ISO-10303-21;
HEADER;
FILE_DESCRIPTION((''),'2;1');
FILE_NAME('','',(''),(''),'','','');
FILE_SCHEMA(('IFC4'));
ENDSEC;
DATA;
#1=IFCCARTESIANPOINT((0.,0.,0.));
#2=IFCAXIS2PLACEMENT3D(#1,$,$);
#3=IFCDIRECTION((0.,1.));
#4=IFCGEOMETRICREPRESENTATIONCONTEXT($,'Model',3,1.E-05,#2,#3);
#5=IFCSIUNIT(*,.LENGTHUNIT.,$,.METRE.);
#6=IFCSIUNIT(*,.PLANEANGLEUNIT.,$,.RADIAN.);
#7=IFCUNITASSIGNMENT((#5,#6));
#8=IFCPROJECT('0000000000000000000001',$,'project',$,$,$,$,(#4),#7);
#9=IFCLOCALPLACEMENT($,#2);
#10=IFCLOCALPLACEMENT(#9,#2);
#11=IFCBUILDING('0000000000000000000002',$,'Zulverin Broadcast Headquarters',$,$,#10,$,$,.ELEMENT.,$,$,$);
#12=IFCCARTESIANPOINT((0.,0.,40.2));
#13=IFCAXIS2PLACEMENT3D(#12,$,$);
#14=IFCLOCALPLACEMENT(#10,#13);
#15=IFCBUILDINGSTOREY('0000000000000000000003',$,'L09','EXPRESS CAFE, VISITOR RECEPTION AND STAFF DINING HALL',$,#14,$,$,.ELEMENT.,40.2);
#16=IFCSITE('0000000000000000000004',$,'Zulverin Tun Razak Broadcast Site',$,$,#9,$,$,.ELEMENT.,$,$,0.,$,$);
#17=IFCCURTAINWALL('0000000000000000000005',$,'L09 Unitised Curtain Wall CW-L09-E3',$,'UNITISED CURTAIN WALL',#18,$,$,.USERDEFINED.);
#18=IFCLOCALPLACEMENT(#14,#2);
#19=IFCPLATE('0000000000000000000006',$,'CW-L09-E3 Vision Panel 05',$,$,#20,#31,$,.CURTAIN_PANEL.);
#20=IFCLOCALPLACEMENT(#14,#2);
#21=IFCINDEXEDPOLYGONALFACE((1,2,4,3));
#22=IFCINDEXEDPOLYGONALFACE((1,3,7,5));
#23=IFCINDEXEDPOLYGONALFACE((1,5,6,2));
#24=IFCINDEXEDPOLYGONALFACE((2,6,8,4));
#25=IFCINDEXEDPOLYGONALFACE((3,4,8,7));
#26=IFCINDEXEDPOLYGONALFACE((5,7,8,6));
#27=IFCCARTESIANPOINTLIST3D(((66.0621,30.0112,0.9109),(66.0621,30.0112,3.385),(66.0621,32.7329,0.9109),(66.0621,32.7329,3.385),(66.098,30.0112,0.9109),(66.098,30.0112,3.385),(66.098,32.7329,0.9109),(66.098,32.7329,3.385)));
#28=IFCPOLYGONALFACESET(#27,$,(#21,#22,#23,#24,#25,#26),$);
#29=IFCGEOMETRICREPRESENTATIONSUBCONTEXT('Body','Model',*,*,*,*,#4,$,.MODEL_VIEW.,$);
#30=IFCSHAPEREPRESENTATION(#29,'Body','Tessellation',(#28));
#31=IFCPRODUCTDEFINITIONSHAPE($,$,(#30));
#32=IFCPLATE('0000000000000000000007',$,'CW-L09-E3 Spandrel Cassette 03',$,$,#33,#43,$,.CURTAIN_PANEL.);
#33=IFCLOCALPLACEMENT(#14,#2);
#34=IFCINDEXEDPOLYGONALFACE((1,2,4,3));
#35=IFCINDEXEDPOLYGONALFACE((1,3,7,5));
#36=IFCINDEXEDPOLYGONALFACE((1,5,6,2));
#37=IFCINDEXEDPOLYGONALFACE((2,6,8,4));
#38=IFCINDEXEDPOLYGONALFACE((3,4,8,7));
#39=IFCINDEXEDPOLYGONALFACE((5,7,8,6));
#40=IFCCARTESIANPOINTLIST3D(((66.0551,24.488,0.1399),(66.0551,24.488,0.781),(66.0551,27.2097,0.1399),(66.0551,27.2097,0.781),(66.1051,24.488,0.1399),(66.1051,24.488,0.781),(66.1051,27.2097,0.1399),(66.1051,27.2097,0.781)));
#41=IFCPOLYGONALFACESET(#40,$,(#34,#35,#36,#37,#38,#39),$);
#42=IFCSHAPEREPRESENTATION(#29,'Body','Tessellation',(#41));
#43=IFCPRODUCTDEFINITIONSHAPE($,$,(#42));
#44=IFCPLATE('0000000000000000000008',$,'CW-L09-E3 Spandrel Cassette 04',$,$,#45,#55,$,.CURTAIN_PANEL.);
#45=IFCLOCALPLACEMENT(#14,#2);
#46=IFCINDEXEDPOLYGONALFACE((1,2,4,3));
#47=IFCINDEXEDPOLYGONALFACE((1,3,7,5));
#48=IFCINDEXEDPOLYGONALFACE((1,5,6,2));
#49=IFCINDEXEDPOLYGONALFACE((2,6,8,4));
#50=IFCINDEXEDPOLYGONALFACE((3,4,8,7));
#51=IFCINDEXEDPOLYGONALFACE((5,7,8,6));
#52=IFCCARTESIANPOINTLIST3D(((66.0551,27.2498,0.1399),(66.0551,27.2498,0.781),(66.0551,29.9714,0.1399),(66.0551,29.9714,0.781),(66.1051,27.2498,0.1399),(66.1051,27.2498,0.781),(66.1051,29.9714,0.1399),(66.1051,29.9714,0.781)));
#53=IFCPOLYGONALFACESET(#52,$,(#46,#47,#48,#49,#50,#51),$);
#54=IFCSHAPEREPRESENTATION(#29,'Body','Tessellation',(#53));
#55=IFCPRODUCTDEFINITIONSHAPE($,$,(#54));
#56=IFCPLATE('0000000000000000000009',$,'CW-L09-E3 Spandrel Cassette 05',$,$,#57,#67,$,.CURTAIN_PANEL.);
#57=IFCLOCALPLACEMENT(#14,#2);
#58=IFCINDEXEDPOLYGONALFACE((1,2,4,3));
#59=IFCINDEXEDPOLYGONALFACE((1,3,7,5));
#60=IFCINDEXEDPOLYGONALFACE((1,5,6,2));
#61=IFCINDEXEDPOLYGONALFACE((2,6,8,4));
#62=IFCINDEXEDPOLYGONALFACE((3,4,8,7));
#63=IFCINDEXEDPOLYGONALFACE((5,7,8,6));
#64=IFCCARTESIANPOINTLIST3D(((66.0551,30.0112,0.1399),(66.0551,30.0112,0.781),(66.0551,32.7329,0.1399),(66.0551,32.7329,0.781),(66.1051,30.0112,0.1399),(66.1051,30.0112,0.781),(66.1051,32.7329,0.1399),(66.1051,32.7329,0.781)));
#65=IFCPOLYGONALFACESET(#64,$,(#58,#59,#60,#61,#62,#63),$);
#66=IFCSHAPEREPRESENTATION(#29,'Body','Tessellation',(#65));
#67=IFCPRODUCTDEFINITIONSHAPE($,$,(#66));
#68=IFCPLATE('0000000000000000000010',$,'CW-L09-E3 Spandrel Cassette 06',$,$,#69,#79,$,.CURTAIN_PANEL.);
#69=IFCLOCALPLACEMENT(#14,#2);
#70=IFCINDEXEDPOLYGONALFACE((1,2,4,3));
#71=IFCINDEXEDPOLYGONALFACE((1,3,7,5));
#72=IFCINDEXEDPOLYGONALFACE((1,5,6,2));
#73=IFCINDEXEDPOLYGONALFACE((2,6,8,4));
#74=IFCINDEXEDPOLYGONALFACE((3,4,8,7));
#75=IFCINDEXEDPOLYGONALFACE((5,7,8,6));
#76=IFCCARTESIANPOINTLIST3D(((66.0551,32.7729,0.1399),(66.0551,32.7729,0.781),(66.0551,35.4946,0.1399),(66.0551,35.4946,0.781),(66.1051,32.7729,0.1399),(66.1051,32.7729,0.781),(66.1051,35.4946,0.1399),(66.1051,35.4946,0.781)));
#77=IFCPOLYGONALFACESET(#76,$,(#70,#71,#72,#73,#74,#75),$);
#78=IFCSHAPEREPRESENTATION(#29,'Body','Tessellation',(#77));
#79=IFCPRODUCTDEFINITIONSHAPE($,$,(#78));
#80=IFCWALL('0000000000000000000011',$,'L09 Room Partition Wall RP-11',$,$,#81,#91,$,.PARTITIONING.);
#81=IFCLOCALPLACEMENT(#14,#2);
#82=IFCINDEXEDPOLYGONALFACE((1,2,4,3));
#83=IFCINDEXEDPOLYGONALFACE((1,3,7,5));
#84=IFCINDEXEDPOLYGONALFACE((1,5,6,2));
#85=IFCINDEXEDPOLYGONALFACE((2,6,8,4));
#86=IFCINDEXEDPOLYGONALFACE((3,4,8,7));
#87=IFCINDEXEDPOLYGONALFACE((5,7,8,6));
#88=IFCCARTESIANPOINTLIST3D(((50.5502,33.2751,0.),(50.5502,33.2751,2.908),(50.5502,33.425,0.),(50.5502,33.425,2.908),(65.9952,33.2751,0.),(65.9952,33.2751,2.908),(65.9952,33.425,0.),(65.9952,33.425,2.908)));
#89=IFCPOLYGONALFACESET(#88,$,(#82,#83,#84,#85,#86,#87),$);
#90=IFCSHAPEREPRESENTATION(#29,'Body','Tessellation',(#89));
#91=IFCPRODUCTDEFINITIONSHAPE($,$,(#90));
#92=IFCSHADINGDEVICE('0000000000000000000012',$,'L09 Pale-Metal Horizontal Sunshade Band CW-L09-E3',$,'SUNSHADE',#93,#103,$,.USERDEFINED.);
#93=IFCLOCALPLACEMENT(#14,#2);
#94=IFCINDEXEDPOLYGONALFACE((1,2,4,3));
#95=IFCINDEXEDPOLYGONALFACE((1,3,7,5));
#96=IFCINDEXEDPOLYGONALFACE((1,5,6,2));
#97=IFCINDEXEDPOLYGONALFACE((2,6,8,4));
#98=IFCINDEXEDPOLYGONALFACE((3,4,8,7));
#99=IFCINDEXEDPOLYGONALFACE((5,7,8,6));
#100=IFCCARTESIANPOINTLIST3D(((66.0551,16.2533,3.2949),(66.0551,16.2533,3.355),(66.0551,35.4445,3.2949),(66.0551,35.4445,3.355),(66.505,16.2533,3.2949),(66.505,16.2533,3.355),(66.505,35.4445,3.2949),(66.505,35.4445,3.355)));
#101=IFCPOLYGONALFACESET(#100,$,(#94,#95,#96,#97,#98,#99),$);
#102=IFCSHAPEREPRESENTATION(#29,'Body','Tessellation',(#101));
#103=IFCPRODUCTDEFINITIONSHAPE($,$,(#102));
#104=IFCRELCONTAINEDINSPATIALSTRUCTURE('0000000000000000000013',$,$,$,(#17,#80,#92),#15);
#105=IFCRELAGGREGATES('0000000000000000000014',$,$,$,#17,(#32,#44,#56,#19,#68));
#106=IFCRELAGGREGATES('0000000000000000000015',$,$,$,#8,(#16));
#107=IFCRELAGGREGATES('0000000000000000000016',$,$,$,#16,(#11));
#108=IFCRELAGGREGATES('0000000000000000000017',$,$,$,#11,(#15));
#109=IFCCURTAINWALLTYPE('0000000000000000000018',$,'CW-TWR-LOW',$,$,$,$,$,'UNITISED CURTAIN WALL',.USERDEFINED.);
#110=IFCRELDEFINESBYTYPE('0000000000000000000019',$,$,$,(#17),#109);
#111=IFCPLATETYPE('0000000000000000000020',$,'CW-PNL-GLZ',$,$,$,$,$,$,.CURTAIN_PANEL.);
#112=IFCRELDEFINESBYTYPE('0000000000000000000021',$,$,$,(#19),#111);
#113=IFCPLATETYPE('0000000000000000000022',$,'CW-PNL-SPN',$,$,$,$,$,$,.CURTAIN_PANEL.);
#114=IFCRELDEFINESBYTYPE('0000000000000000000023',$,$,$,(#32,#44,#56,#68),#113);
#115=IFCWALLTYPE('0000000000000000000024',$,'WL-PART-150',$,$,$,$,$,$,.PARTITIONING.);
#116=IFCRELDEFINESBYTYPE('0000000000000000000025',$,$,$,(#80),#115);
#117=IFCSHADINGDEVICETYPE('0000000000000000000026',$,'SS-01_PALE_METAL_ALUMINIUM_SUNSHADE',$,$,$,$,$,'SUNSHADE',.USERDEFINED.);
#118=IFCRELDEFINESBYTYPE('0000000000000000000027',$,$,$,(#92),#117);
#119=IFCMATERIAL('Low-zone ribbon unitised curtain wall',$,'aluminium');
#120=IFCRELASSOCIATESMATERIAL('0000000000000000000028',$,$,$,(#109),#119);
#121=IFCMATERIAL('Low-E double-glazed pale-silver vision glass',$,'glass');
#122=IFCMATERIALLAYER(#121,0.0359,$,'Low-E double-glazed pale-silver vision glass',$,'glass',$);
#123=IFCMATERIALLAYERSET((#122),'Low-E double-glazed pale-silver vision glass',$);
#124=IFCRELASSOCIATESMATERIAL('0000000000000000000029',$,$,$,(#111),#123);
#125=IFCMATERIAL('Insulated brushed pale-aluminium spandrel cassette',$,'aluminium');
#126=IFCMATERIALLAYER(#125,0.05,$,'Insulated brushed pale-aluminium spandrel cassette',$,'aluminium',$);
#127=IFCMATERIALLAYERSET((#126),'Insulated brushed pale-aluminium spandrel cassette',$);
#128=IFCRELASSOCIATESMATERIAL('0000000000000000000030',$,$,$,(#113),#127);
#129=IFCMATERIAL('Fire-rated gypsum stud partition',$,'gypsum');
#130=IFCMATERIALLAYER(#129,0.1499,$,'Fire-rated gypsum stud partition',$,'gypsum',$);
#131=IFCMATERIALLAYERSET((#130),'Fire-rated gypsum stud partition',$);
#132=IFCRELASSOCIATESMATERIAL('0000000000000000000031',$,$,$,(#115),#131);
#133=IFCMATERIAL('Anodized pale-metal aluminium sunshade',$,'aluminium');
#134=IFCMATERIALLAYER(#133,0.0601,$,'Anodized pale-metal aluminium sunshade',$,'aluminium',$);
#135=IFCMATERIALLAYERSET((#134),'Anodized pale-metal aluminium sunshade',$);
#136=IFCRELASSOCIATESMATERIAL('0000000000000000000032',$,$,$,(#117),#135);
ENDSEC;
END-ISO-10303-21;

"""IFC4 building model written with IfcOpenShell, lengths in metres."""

from ifc_helpers import new_model, si_unit, direction, frame, frame_2d, origin, origin_2d, place, context, subcontext, project, spatial, rectangle, extrude, material, layer, layer_set, type_object, element, aggregate, save


model = new_model("IFC4")

# Units and contexts
model_context = context("Model", 3, precision=1e-05, world=origin(), true_north=direction((0.0, 1.0)))
body_context = subcontext(model_context, "Body", "Model", "MODEL_VIEW")
ifc_project = project(units=[si_unit("LENGTHUNIT", "METRE"), si_unit("PLANEANGLEUNIT", "RADIAN")], contexts=[model_context])

# Site, building, storey
site_placement = place(None, origin())
site = spatial("IfcSite", under=ifc_project, at=site_placement, Name="Zulverin Tun Razak Broadcast Site", CompositionType="ELEMENT", RefElevation=0.0)
building_placement = place(site_placement, origin())
building = spatial("IfcBuilding", under=site, at=building_placement, Name="Zulverin Broadcast Headquarters", CompositionType="ELEMENT")
storey_placement = place(building_placement, frame((0.0, 0.0, 40.2)))
storey = spatial("IfcBuildingStorey", under=building, at=storey_placement, Name="L09", Description="EXPRESS CAFE, VISITOR RECEPTION AND STAFF DINING HALL", CompositionType="ELEMENT", Elevation=40.2)

# Curtain wall, plates
ifc_material_1 = material(Name="Low-zone ribbon unitised curtain wall", Category="aluminium")
curtain_wall_type = type_object("IfcCurtainWallType", Name="CW-TWR-LOW", ElementType="UNITISED CURTAIN WALL", PredefinedType="USERDEFINED", material=ifc_material_1)
curtain_wall_placement = place(storey_placement, origin())
curtain_wall = element("IfcCurtainWall", 1, at=curtain_wall_placement, inside=storey, type_object=curtain_wall_type, Name="L09 Unitised Curtain Wall CW-L09-E3", ObjectType="UNITISED CURTAIN WALL", PredefinedType="USERDEFINED")
ifc_material_2 = material(Name="Low-E double-glazed pale-silver vision glass", Category="glass")
ifc_layer_1 = layer(ifc_material_2, 0.0359, Name="Low-E double-glazed pale-silver vision glass", Category="glass")
ifc_layer_set_1 = layer_set([ifc_layer_1], Name="Low-E double-glazed pale-silver vision glass")
plate_type_1 = type_object("IfcPlateType", Name="CW-PNL-GLZ", PredefinedType="CURTAIN_PANEL", material=ifc_layer_set_1)
plate_1_placement = place(storey_placement, frame((66.0801, 31.3721, 0.9109), z_axis=(0.0, 0.0, 1.0), x_axis=(0.0, 1.0, 0.0)))
plate_1 = element("IfcPlate", 2, at=plate_1_placement, type_object=plate_type_1, Name="CW-L09-E3 Vision Panel 05", PredefinedType="CURTAIN_PANEL", context=body_context, shape_type="SweptSolid", body=[
    extrude(rectangle(XDim=2.7217, YDim=0.0359, at=origin_2d()), origin(), (0.0, 0.0, 1.0), 2.4741),
])
ifc_material_3 = material(Name="Insulated brushed pale-aluminium spandrel cassette", Category="aluminium")
ifc_layer_2 = layer(ifc_material_3, 0.05, Name="Insulated brushed pale-aluminium spandrel cassette", Category="aluminium")
ifc_layer_set_2 = layer_set([ifc_layer_2], Name="Insulated brushed pale-aluminium spandrel cassette")
plate_type_2 = type_object("IfcPlateType", Name="CW-PNL-SPN", PredefinedType="CURTAIN_PANEL", material=ifc_layer_set_2)
plate_2_placement = place(storey_placement, frame((66.0801, 25.8489, 0.1399), z_axis=(0.0, 0.0, 1.0), x_axis=(0.0, 1.0, 0.0)))
plate_2 = element("IfcPlate", 3, at=plate_2_placement, type_object=plate_type_2, Name="CW-L09-E3 Spandrel Cassette 03", PredefinedType="CURTAIN_PANEL", context=body_context, shape_type="SweptSolid", body=[
    extrude(rectangle(XDim=2.7217, YDim=0.05, at=origin_2d()), origin(), (0.0, 0.0, 1.0), 0.6411),
])
plate_3_placement = place(storey_placement, frame((66.0801, 28.6106, 0.1399), z_axis=(0.0, 0.0, 1.0), x_axis=(0.0, 1.0, 0.0)))
plate_3 = element("IfcPlate", 4, at=plate_3_placement, type_object=plate_type_2, Name="CW-L09-E3 Spandrel Cassette 04", PredefinedType="CURTAIN_PANEL", context=body_context, shape_type="SweptSolid", body=[
    extrude(rectangle(XDim=2.7217, YDim=0.05, at=origin_2d()), origin(), (0.0, 0.0, 1.0), 0.6411),
])
plate_4_placement = place(storey_placement, frame((66.0801, 31.3721, 0.1399), z_axis=(0.0, 0.0, 1.0), x_axis=(0.0, 1.0, 0.0)))
plate_4 = element("IfcPlate", 5, at=plate_4_placement, type_object=plate_type_2, Name="CW-L09-E3 Spandrel Cassette 05", PredefinedType="CURTAIN_PANEL", context=body_context, shape_type="SweptSolid", body=[
    extrude(rectangle(XDim=2.7217, YDim=0.05, at=origin_2d()), origin(), (0.0, 0.0, 1.0), 0.6411),
])
plate_5_placement = place(storey_placement, frame((66.0801, 34.1338, 0.1399), z_axis=(0.0, 0.0, 1.0), x_axis=(0.0, 1.0, 0.0)))
plate_5 = element("IfcPlate", 6, at=plate_5_placement, type_object=plate_type_2, Name="CW-L09-E3 Spandrel Cassette 06", PredefinedType="CURTAIN_PANEL", context=body_context, shape_type="SweptSolid", body=[
    extrude(rectangle(XDim=2.7217, YDim=0.05, at=origin_2d()), origin(), (0.0, 0.0, 1.0), 0.6411),
])
aggregate(curtain_wall, [plate_2, plate_3, plate_4, plate_1, plate_5])

# Wall
ifc_material_4 = material(Name="Fire-rated gypsum stud partition", Category="gypsum")
ifc_layer_3 = layer(ifc_material_4, 0.1499, Name="Fire-rated gypsum stud partition", Category="gypsum")
ifc_layer_set_3 = layer_set([ifc_layer_3], Name="Fire-rated gypsum stud partition")
wall_type = type_object("IfcWallType", Name="WL-PART-150", PredefinedType="PARTITIONING", material=ifc_layer_set_3)
wall_placement = place(storey_placement, frame((50.55, 33.3501, 0.0), z_axis=(0.0, 0.0, 1.0), x_axis=(1.0, 0.0, 0.0)))
element("IfcWall", 7, at=wall_placement, inside=storey, type_object=wall_type, Name="L09 Room Partition Wall RP-11", PredefinedType="PARTITIONING", context=body_context, shape_type="SweptSolid", body=[
    extrude(rectangle(XDim=15.4451, YDim=0.1499, at=frame_2d((7.7227, 0.0))), origin(), (0.0, 0.0, 1.0), 2.908),
])

# Shading device
ifc_material_5 = material(Name="Anodized pale-metal aluminium sunshade", Category="aluminium")
ifc_layer_4 = layer(ifc_material_5, 0.0601, Name="Anodized pale-metal aluminium sunshade", Category="aluminium")
ifc_layer_set_4 = layer_set([ifc_layer_4], Name="Anodized pale-metal aluminium sunshade")
shading_device_type = type_object("IfcShadingDeviceType", Name="SS-01_PALE_METAL_ALUMINIUM_SUNSHADE", ElementType="SUNSHADE", PredefinedType="USERDEFINED", material=ifc_layer_set_4)
shading_device_placement = place(storey_placement, frame((66.28, 25.8489, 3.2949), z_axis=(0.0, 0.0, 1.0), x_axis=(0.0, 1.0, 0.0)))
element("IfcShadingDevice", 8, at=shading_device_placement, inside=storey, type_object=shading_device_type, Name="L09 Pale-Metal Horizontal Sunshade Band CW-L09-E3", ObjectType="SUNSHADE", PredefinedType="USERDEFINED", context=body_context, shape_type="SweptSolid", body=[
    extrude(rectangle(XDim=19.1912, YDim=0.45, at=origin_2d()), origin(), (0.0, 0.0, 1.0), 0.0601),
])

save(model, "model.ifc")
